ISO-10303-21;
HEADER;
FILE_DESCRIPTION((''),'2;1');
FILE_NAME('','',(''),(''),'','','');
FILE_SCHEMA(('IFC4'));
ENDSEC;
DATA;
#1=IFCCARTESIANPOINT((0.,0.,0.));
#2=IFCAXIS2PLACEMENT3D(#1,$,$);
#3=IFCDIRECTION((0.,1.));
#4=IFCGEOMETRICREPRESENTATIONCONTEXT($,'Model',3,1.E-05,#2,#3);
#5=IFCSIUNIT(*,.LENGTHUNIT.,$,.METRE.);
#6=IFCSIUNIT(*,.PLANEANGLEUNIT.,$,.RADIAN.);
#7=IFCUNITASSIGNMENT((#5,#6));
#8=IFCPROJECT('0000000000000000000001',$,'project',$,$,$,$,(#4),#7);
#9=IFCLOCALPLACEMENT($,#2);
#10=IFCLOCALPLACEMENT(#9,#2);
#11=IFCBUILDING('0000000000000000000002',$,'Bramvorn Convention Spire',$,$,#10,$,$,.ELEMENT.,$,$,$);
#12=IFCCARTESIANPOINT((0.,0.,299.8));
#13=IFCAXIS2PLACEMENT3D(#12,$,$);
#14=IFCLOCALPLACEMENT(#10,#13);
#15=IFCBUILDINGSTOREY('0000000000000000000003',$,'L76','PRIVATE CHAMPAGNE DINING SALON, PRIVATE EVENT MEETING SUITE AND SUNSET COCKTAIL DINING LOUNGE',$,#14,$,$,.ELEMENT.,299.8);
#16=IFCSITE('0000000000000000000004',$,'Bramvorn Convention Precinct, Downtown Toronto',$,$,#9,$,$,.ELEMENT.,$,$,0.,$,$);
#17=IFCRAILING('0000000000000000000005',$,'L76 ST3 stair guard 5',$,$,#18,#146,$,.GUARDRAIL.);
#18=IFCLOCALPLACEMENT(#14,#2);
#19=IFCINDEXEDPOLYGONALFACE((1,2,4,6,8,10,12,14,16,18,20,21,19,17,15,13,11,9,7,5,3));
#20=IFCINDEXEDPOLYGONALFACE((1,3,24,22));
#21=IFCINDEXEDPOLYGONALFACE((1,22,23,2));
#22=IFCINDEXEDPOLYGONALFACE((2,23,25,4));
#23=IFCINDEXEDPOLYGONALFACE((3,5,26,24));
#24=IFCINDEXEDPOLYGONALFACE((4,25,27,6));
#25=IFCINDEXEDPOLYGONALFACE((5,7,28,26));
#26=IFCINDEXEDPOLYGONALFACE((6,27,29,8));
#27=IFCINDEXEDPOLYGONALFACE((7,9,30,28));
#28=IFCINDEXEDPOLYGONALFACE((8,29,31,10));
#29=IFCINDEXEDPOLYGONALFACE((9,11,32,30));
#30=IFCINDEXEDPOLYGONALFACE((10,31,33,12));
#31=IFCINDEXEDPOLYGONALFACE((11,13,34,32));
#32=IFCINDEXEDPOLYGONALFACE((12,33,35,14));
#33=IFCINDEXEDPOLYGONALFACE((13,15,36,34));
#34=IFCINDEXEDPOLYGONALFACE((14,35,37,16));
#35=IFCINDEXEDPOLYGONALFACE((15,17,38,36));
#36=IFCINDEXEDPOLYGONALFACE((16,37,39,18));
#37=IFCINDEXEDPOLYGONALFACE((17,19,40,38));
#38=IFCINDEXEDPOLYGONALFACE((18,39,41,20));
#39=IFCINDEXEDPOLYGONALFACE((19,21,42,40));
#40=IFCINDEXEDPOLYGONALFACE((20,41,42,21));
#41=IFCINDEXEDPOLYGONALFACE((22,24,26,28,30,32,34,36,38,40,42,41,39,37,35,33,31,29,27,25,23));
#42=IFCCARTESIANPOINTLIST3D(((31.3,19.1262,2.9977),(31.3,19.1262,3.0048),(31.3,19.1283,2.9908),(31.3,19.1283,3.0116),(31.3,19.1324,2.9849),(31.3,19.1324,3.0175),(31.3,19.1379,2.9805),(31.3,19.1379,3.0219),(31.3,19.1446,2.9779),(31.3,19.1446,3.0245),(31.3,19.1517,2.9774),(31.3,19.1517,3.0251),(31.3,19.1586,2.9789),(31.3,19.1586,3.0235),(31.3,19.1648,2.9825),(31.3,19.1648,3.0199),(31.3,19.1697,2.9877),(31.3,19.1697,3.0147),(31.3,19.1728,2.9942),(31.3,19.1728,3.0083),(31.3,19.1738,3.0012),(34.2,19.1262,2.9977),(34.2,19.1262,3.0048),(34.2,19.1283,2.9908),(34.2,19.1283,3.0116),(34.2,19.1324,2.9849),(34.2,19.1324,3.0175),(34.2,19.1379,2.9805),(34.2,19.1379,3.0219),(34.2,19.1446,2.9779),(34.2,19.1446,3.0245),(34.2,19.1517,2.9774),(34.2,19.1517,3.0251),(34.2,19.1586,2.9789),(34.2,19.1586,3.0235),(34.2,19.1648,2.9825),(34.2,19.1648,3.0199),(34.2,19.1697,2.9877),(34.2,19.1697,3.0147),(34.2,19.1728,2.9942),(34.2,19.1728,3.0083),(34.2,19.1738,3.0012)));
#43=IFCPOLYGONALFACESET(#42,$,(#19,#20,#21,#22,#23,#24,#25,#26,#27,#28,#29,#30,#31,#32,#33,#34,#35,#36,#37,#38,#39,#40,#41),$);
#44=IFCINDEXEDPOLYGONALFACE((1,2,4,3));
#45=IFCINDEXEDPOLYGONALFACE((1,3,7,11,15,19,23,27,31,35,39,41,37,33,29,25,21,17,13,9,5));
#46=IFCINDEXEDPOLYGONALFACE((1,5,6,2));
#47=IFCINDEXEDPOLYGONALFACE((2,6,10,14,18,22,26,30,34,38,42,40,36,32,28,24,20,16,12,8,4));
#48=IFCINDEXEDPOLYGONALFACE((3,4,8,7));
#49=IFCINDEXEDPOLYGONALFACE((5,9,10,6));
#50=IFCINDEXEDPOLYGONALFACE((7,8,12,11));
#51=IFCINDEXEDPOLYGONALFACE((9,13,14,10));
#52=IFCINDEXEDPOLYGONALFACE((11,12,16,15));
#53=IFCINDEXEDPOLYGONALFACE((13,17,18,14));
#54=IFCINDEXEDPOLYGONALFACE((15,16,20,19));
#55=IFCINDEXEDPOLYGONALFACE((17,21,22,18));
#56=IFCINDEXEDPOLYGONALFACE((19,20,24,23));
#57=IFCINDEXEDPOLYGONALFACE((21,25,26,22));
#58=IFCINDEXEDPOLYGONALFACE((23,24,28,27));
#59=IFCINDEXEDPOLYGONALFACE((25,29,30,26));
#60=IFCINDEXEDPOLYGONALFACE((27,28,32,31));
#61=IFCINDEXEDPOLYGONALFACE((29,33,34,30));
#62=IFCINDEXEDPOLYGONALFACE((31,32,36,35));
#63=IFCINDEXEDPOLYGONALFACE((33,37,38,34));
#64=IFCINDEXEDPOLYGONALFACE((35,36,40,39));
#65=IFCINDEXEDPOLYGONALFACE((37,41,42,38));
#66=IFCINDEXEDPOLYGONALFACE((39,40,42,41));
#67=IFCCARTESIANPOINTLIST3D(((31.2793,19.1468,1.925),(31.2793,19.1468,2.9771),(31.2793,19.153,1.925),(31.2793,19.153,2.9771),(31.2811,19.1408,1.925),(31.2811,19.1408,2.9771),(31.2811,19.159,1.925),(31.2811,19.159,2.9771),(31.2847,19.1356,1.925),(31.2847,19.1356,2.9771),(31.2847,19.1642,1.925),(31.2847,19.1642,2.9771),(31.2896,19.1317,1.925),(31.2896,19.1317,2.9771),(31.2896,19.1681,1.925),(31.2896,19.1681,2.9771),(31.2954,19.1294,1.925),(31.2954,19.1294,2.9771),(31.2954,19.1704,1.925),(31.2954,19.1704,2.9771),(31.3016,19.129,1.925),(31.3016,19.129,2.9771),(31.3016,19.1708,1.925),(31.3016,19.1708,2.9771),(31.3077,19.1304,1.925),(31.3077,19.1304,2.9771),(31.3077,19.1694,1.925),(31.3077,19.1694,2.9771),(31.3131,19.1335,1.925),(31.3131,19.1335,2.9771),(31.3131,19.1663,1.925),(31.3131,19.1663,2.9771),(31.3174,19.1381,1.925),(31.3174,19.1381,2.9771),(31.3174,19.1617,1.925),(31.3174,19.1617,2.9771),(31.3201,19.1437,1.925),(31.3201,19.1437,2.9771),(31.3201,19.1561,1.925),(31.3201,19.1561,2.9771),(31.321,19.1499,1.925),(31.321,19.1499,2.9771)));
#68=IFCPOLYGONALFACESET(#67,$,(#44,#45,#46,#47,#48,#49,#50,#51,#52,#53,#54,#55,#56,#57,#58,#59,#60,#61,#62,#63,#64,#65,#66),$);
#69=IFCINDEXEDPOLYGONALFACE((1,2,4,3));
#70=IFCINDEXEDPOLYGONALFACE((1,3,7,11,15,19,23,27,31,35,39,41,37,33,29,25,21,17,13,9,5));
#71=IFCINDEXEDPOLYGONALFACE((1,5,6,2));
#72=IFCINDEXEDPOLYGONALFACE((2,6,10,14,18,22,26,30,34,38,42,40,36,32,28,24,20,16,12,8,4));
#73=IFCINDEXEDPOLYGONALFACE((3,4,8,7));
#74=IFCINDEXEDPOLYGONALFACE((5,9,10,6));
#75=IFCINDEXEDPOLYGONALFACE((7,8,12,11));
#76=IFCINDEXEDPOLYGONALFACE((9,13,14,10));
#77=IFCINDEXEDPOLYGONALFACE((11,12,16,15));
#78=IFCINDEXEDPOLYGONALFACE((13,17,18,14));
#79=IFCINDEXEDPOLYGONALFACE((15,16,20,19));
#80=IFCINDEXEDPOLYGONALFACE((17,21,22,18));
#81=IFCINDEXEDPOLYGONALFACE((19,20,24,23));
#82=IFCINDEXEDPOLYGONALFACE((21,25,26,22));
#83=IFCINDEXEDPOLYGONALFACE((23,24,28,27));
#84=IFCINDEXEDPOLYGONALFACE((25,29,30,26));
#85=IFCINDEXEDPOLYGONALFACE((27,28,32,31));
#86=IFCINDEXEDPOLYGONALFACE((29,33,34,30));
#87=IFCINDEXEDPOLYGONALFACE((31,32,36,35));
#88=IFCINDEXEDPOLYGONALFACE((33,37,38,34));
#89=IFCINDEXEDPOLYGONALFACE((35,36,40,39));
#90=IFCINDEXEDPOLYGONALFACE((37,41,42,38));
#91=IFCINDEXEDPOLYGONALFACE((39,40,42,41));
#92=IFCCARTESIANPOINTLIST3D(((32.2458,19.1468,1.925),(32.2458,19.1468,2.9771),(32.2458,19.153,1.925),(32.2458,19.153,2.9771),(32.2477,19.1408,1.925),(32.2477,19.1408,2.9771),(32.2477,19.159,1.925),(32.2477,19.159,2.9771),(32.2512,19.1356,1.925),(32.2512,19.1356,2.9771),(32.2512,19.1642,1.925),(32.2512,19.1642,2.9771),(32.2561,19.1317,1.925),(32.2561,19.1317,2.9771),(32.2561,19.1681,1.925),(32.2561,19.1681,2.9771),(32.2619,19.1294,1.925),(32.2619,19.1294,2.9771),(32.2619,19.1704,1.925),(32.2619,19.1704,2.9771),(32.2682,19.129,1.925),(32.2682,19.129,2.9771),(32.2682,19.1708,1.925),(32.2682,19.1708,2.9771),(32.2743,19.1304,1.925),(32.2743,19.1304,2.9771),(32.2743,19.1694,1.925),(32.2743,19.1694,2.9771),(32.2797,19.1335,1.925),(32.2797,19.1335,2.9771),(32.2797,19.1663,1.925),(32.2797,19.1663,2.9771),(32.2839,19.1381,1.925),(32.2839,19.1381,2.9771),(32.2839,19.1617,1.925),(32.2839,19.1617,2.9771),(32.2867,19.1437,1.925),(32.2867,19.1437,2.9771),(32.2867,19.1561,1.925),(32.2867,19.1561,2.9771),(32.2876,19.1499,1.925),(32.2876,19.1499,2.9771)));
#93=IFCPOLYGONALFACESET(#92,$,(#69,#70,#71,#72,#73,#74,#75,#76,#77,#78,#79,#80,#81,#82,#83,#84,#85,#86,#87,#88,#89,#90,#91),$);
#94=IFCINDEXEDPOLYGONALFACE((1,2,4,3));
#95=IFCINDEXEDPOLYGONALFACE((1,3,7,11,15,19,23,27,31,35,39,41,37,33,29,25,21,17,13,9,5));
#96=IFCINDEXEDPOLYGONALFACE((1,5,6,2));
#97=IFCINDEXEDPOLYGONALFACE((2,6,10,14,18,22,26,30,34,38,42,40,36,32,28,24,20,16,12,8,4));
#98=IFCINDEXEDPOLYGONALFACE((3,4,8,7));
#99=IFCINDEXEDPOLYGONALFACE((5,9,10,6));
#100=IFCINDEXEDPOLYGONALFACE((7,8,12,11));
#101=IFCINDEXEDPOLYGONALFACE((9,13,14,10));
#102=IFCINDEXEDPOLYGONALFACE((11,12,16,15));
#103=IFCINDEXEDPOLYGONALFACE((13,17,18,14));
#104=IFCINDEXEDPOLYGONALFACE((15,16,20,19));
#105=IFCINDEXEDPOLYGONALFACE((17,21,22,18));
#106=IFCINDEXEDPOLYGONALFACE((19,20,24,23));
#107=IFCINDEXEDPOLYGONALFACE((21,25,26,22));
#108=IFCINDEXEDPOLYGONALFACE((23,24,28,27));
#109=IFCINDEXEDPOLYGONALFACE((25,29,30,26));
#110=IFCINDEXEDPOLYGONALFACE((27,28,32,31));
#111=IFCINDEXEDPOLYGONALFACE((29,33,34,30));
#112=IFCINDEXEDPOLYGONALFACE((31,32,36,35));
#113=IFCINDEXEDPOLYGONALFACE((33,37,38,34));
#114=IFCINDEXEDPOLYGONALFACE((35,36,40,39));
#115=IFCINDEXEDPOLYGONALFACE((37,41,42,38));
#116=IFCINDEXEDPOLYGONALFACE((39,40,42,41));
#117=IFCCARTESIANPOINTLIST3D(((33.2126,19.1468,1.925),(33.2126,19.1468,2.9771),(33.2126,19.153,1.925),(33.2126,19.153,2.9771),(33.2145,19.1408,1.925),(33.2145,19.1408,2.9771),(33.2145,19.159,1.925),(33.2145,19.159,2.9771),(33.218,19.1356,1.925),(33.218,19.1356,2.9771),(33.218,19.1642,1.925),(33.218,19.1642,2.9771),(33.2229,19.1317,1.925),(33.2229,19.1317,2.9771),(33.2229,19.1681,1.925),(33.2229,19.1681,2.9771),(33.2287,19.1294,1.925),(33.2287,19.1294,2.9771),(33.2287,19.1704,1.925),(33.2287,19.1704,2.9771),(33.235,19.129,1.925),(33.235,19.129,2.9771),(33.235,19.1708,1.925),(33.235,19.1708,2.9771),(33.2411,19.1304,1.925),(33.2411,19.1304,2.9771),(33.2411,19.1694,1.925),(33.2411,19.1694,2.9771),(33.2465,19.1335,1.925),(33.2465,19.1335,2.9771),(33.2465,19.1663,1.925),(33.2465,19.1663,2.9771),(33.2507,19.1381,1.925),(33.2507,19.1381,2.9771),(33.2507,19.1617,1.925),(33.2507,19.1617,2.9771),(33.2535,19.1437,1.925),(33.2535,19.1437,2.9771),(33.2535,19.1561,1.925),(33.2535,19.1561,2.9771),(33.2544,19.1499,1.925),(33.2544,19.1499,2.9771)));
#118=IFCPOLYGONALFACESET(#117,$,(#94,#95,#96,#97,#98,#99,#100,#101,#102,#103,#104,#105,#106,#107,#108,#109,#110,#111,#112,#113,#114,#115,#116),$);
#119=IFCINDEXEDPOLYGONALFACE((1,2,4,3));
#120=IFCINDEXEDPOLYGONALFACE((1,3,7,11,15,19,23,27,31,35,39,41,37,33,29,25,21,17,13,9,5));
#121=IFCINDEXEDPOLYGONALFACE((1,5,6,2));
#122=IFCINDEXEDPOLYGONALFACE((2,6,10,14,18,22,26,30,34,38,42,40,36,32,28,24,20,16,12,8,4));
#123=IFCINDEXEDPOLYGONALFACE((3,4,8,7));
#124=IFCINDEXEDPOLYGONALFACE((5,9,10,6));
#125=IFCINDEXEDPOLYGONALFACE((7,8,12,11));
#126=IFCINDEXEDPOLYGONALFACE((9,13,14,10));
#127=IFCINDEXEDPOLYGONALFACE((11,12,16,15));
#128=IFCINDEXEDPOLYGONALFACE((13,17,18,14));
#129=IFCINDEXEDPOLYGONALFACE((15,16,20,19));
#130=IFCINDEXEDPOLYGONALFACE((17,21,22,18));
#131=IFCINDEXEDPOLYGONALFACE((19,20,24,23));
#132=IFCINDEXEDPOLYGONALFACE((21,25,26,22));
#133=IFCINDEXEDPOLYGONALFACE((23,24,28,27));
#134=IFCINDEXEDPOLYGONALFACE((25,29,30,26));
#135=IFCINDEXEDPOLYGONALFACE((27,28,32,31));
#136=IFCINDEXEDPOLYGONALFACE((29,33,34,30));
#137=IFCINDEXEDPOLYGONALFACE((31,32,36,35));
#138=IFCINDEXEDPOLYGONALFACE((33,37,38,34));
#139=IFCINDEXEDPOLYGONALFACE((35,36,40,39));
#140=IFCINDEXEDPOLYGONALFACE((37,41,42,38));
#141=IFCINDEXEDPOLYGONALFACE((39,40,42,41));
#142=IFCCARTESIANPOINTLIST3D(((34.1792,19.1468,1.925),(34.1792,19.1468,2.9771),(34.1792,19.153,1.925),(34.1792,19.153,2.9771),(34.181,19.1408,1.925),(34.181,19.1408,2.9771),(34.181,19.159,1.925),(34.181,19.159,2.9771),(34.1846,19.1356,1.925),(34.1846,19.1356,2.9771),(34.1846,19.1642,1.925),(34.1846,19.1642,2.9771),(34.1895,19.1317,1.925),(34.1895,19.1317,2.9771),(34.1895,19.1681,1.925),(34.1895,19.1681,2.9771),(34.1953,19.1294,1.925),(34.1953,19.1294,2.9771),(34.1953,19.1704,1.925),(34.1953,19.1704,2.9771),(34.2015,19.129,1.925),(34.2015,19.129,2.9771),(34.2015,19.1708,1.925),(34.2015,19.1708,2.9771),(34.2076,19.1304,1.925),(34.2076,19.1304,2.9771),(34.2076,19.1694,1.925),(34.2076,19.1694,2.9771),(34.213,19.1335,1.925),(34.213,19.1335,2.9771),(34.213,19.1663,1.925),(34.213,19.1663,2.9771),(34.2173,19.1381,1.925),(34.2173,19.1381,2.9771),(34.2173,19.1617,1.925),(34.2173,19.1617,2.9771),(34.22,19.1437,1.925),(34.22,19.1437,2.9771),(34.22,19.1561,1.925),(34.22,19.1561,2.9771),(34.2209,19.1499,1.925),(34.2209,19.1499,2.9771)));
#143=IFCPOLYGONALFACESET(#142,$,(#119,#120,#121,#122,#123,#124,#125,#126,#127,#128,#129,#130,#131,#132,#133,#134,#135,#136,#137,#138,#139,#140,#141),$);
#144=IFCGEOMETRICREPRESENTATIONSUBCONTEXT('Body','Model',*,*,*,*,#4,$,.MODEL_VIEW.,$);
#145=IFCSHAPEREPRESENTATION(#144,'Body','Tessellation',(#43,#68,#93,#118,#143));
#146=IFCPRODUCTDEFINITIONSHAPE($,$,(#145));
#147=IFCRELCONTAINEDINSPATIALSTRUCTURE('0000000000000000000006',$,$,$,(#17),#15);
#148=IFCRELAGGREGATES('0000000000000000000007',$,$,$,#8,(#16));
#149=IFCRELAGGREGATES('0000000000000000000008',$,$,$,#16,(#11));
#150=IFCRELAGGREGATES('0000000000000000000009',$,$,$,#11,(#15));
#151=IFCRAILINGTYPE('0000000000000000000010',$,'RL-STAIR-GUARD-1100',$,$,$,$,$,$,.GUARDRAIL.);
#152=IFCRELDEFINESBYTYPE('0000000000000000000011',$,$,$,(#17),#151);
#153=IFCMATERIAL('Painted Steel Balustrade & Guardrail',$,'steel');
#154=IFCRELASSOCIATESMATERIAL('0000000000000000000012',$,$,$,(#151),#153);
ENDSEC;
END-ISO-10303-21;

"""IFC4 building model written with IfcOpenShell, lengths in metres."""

from ifc_helpers import new_model, si_unit, direction, frame, origin, origin_2d, place, context, subcontext, project, spatial, circle, extrude, material, type_object, element, save


model = new_model("IFC4")

# Units and contexts
model_context = context("Model", 3, precision=1e-05, world=origin(), true_north=direction((0.0, 1.0)))
body_context = subcontext(model_context, "Body", "Model", "MODEL_VIEW")
ifc_project = project(units=[si_unit("LENGTHUNIT", "METRE"), si_unit("PLANEANGLEUNIT", "RADIAN")], contexts=[model_context])

# Site, building, storey
site_placement = place(None, origin())
site = spatial("IfcSite", under=ifc_project, at=site_placement, Name="Bramvorn Convention Precinct, Downtown Toronto", CompositionType="ELEMENT", RefElevation=0.0)
building_placement = place(site_placement, origin())
building = spatial("IfcBuilding", under=site, at=building_placement, Name="Bramvorn Convention Spire", CompositionType="ELEMENT")
storey_placement = place(building_placement, frame((0.0, 0.0, 299.8)))
storey = spatial("IfcBuildingStorey", under=building, at=storey_placement, Name="L76", Description="PRIVATE CHAMPAGNE DINING SALON, PRIVATE EVENT MEETING SUITE AND SUNSET COCKTAIL DINING LOUNGE", CompositionType="ELEMENT", Elevation=299.8)

# Railing
ifc_material_1 = material(Name="Painted Steel Balustrade & Guardrail", Category="steel")
railing_type_1 = type_object("IfcRailingType", Name="RL-STAIR-GUARD-1100", PredefinedType="GUARDRAIL", material=ifc_material_1)
railing_1_placement = place(storey_placement, frame((31.3, 19.1499, 1.925)))
element("IfcRailing", 1, at=railing_1_placement, inside=storey, type_object=railing_type_1, Name="L76 ST3 stair guard 5", PredefinedType="GUARDRAIL", context=body_context, shape_type="SweptSolid", body=[
    extrude(circle(Radius=0.0239, at=origin_2d()), frame((0.0, 0.0, 1.0762), z_axis=(1.0, 0.0, 0.0), x_axis=(0.0, 1.0, 0.0)), (0.0, 0.0, 1.0), 2.8999),
    extrude(circle(Radius=0.021, at=origin_2d()), origin(), (0.0, 0.0, 1.0), 1.052),
    extrude(circle(Radius=0.021, at=origin_2d()), frame((0.9666, 0.0, 0.0)), (0.0, 0.0, 1.0), 1.052),
    extrude(circle(Radius=0.021, at=origin_2d()), frame((1.9333, 0.0, 0.0)), (0.0, 0.0, 1.0), 1.052),
    extrude(circle(Radius=0.021, at=origin_2d()), frame((2.8999, 0.0, 0.0)), (0.0, 0.0, 1.0), 1.052),
])

save(model, "model.ifc")
